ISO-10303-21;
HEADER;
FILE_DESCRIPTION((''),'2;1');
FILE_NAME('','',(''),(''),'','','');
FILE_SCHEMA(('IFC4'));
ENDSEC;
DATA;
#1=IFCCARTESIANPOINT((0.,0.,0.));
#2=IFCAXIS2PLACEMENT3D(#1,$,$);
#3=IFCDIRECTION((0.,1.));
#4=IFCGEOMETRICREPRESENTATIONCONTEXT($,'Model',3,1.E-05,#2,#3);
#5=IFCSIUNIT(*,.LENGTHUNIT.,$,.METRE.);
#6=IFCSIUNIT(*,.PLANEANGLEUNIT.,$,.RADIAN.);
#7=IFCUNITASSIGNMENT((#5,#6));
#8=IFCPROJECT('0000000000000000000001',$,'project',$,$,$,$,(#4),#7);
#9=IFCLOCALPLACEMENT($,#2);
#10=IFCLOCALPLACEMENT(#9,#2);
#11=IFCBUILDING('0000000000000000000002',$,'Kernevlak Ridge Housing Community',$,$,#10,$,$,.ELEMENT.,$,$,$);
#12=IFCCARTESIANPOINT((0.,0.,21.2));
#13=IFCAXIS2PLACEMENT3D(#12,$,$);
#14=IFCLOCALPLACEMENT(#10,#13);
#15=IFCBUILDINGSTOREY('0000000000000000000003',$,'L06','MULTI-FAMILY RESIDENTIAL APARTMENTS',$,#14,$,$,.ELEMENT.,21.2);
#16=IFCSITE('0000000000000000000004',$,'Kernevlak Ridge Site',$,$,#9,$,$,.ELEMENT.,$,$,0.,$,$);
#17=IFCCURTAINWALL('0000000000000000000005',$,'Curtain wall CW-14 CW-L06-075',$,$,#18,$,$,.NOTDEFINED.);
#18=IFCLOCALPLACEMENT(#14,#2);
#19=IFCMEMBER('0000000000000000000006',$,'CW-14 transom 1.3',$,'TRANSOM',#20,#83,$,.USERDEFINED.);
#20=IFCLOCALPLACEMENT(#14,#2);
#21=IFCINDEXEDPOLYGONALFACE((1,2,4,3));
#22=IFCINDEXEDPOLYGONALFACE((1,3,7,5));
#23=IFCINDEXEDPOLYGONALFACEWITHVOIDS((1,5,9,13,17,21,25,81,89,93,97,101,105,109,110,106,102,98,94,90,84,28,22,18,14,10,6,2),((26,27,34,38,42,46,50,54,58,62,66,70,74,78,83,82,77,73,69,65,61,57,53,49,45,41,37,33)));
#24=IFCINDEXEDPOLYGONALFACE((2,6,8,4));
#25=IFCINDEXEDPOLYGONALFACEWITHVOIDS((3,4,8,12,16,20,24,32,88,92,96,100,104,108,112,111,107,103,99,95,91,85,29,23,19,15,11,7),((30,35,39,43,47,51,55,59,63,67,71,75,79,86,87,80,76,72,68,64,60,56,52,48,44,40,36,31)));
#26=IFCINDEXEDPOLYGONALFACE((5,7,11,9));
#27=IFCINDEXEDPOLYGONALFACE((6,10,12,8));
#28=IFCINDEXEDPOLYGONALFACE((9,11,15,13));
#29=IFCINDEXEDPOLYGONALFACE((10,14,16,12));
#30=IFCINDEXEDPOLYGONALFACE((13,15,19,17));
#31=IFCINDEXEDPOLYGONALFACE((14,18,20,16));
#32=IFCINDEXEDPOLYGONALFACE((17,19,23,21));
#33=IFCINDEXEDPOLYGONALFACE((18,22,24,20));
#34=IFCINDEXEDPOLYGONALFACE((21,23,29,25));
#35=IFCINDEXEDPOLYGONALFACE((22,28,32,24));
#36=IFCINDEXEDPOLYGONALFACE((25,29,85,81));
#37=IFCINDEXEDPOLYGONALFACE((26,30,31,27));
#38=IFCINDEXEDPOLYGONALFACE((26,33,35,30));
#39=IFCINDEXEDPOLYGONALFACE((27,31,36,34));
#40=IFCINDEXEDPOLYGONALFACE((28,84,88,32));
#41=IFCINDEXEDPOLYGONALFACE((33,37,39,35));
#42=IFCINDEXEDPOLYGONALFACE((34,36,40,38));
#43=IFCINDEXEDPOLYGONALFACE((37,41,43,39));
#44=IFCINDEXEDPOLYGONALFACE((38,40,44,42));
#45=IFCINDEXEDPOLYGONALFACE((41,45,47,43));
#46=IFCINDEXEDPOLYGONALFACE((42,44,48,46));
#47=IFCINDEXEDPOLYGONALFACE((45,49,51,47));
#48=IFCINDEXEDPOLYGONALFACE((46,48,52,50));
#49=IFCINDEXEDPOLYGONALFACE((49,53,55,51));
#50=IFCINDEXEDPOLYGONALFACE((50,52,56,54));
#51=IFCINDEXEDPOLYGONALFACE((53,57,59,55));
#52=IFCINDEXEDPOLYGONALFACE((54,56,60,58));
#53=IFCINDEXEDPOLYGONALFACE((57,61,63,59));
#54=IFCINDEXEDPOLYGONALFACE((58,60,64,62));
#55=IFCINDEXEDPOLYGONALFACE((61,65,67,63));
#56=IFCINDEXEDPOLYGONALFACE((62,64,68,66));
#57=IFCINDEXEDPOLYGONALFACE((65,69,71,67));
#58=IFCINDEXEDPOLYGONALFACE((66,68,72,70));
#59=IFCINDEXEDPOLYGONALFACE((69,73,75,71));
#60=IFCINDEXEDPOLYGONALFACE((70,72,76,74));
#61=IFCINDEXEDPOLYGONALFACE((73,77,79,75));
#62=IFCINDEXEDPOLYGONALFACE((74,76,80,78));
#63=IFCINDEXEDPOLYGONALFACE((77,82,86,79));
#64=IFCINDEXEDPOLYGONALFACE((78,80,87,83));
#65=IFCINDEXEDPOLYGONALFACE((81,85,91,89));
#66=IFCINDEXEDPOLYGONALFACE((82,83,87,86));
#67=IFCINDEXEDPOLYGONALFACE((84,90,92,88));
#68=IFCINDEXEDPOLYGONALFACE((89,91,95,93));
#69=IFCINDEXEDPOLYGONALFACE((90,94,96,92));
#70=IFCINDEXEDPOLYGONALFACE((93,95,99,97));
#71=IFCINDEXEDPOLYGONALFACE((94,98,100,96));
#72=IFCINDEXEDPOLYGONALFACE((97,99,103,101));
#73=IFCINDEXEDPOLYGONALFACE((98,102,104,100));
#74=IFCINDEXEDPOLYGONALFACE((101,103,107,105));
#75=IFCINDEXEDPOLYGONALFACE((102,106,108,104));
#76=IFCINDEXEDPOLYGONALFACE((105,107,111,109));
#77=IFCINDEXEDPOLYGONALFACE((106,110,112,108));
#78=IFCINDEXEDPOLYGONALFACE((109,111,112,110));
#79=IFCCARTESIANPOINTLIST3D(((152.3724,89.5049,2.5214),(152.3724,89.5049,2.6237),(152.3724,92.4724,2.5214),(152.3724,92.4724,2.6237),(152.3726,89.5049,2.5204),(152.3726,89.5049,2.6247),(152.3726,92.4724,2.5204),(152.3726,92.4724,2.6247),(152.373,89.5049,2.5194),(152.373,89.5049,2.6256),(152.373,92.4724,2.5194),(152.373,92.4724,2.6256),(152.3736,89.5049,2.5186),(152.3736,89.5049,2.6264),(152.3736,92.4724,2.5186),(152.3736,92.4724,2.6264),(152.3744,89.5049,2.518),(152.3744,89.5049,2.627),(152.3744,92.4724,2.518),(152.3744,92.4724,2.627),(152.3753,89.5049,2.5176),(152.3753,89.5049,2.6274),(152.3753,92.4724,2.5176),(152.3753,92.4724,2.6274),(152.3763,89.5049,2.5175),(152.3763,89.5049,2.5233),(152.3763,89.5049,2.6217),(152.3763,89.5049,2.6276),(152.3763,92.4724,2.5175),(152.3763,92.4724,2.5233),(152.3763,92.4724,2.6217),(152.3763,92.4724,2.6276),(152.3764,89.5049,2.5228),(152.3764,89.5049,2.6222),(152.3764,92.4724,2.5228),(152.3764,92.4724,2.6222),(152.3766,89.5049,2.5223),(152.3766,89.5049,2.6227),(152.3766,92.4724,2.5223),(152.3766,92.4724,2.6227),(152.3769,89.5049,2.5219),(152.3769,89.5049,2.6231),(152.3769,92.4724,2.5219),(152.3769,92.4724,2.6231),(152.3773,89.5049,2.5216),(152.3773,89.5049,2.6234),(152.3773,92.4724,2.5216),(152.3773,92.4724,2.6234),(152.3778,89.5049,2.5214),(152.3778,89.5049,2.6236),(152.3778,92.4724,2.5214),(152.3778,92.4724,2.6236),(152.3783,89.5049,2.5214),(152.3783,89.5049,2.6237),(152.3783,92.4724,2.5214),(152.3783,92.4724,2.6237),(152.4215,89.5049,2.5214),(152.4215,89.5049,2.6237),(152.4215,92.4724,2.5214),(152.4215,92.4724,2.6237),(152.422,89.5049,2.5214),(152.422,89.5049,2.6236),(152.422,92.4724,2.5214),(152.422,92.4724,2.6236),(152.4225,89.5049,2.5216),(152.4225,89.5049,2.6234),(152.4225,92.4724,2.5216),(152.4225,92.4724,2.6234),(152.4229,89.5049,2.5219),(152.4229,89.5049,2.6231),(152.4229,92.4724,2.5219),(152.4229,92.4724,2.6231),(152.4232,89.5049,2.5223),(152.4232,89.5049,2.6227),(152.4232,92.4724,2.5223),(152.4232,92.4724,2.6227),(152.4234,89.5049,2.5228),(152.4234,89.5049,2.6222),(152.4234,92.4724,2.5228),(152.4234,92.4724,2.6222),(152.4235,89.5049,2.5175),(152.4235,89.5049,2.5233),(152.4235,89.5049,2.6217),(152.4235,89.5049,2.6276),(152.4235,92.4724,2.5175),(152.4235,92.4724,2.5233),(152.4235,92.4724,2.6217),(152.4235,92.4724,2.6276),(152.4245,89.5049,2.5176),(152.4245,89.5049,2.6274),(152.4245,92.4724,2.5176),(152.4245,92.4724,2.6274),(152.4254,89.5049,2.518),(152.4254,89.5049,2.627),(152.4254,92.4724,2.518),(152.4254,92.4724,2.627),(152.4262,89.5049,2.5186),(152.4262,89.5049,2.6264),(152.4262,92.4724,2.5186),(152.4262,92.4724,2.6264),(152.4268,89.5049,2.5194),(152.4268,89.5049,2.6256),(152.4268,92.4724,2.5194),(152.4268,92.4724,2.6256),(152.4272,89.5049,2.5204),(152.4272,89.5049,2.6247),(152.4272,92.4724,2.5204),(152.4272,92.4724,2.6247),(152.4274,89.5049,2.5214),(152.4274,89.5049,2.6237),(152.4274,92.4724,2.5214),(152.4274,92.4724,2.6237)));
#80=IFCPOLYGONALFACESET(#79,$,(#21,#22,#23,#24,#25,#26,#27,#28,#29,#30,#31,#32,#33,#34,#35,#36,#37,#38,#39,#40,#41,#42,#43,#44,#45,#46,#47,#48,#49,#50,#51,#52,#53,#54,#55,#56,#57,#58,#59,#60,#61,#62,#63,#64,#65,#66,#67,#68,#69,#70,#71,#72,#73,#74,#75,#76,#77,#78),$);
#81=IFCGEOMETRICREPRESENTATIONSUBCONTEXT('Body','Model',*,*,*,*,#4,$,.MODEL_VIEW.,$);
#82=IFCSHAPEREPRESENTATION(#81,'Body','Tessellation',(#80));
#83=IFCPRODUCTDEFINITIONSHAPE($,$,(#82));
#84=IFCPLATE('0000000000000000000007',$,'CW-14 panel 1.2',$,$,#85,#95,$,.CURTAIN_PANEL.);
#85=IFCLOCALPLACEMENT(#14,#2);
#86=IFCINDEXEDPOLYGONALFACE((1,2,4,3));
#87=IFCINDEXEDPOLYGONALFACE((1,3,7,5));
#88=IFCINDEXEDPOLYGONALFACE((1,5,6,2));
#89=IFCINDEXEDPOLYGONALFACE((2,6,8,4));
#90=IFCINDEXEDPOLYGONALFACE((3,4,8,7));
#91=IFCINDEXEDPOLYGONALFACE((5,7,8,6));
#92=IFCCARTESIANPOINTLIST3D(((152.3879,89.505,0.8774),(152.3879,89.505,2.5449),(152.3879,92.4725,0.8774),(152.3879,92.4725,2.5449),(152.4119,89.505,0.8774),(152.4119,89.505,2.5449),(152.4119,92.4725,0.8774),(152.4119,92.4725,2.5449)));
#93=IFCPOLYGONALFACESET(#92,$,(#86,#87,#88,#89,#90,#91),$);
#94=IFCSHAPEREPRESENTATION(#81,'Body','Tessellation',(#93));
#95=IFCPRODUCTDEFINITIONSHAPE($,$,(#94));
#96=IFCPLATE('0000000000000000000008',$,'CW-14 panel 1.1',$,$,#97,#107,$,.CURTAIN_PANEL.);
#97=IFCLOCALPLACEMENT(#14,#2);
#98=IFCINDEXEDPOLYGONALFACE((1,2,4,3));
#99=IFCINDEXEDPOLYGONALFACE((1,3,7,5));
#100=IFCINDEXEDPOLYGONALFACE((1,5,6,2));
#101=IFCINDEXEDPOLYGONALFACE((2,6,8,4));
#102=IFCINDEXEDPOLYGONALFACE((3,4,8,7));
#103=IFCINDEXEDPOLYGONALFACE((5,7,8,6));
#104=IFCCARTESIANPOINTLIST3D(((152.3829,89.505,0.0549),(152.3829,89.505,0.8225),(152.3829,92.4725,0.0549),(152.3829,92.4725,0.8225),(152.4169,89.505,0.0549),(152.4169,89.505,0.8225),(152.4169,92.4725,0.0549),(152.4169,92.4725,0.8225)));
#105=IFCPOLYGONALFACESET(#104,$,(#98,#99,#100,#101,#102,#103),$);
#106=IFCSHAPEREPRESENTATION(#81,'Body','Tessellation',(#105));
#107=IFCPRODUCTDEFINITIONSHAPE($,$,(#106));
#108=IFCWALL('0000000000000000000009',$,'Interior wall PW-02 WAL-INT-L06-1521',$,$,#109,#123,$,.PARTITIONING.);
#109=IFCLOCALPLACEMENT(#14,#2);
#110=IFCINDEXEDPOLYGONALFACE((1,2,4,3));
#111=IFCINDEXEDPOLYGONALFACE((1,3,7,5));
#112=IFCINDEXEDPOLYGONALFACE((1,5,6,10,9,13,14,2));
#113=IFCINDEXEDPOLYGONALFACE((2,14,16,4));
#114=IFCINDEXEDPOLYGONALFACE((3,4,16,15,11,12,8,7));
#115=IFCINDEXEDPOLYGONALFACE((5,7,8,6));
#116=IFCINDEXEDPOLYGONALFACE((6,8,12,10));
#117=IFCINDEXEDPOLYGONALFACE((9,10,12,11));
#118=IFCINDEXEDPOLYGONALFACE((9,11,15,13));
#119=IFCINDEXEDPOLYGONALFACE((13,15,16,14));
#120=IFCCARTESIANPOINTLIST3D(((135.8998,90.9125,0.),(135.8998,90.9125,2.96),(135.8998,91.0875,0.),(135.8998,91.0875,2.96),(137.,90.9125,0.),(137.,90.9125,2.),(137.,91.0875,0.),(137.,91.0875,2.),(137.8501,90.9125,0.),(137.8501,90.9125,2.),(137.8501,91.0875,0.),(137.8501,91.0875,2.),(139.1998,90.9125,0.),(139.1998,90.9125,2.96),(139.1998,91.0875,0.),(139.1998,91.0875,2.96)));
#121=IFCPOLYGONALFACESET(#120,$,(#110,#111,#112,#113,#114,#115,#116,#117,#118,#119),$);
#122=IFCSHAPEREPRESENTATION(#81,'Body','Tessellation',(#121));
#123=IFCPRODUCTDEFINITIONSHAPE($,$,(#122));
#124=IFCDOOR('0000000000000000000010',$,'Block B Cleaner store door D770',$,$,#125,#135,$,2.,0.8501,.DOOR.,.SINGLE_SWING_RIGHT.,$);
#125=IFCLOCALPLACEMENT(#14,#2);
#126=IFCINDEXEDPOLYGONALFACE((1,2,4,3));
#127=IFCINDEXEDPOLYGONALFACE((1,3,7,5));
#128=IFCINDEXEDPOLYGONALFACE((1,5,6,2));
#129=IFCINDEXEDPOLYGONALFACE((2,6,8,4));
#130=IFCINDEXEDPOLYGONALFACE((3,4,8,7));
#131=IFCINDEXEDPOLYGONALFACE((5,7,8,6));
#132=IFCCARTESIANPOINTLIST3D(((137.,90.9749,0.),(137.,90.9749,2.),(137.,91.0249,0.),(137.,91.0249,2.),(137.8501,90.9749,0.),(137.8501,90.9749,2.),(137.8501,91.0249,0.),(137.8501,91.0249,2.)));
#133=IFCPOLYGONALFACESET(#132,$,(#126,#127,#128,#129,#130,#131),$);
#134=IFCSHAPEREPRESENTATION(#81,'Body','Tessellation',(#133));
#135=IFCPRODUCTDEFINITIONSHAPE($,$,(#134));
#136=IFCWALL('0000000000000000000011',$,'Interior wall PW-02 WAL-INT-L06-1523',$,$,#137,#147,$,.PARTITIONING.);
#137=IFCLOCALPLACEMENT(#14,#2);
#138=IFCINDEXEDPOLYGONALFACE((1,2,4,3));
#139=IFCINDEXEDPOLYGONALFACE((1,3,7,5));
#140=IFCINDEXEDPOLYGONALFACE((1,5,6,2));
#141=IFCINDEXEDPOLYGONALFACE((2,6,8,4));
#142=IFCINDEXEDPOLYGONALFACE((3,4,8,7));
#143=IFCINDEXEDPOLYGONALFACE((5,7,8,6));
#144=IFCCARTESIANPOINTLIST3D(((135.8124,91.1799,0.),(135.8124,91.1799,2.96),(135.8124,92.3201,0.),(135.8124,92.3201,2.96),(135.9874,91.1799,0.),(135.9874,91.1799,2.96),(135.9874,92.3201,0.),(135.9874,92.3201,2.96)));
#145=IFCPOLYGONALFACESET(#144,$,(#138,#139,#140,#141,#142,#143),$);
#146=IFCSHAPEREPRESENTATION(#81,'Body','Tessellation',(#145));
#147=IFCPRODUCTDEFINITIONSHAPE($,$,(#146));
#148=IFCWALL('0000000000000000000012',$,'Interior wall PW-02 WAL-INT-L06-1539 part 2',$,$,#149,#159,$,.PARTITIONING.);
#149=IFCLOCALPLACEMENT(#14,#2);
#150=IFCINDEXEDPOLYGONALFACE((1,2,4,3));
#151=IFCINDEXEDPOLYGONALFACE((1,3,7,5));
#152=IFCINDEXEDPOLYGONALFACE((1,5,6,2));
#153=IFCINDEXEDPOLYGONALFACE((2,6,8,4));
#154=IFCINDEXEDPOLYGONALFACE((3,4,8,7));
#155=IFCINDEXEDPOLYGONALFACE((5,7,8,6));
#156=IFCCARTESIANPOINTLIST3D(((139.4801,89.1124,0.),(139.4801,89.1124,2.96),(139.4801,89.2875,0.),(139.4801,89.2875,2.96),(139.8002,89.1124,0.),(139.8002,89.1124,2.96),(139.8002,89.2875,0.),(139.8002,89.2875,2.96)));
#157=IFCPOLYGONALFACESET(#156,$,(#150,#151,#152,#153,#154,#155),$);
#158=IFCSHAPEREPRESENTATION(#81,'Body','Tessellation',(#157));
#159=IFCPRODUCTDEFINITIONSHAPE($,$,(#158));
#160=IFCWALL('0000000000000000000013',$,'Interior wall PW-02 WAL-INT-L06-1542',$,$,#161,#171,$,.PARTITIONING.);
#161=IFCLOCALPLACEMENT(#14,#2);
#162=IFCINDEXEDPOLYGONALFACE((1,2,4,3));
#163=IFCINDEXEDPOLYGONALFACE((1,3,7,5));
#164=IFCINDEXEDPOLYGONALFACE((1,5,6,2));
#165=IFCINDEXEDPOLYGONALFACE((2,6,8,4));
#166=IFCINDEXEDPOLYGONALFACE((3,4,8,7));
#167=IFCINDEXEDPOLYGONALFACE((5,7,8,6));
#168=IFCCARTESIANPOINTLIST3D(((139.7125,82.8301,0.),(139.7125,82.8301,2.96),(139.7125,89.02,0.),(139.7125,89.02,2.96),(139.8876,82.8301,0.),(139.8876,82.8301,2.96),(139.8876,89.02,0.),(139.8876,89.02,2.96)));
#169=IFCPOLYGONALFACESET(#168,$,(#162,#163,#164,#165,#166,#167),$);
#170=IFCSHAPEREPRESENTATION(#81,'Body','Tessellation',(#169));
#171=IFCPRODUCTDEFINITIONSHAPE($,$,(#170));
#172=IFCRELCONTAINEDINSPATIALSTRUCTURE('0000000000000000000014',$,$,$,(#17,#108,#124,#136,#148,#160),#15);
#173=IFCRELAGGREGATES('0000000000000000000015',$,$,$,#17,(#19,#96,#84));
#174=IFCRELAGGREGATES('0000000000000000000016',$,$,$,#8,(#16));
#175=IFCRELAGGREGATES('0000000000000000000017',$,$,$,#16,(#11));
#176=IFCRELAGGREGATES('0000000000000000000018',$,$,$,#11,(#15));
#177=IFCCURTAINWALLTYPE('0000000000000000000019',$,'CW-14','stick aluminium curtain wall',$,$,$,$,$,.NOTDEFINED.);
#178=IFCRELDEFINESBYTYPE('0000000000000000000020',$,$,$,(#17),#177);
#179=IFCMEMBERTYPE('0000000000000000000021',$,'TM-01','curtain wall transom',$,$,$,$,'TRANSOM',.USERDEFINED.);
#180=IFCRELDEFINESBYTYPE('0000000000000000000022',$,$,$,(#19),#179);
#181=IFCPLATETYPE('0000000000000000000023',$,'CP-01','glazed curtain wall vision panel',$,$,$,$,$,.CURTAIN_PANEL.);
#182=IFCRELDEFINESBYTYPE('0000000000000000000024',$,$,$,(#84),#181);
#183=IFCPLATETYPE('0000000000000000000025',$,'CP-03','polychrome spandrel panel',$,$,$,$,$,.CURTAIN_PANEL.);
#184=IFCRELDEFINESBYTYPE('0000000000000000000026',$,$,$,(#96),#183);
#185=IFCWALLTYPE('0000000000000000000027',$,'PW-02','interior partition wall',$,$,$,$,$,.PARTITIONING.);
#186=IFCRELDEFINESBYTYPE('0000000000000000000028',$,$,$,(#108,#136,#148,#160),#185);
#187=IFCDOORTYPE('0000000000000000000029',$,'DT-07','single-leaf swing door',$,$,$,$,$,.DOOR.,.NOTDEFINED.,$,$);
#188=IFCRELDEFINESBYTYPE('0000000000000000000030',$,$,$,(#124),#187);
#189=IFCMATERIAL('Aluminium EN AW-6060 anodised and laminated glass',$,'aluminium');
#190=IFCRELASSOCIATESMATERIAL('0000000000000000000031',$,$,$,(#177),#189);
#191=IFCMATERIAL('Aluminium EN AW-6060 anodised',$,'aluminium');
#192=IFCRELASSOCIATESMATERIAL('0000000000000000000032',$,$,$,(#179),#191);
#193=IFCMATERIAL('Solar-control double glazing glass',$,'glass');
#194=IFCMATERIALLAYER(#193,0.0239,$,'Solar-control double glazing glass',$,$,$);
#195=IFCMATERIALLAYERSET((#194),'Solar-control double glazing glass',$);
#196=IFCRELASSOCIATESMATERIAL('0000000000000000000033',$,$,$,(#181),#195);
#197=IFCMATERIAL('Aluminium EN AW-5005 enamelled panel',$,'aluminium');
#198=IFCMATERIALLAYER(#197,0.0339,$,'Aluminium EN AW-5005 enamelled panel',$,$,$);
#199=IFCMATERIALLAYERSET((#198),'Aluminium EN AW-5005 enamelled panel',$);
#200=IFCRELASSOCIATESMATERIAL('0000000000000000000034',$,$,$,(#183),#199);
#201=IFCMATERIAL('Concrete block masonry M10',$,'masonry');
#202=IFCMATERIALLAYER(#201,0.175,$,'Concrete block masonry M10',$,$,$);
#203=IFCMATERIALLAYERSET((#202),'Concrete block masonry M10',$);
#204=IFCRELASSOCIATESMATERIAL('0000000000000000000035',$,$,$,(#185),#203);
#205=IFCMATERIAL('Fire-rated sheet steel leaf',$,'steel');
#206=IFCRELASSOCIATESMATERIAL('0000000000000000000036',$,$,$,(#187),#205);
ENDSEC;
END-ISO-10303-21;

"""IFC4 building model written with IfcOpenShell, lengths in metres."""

from ifc_helpers import new_model, si_unit, direction, frame, frame_2d, origin, origin_2d, place, context, subcontext, project, spatial, rectangle, hollow_rectangle, extrude, material, layer, layer_set, material_profile, profile_set, type_object, element, fill, aggregate, save


model = new_model("IFC4")

# Units and contexts
model_context = context("Model", 3, precision=1e-05, world=origin(), true_north=direction((0.0, 1.0)))
body_context = subcontext(model_context, "Body", "Model", "MODEL_VIEW")
ifc_project = project(units=[si_unit("LENGTHUNIT", "METRE"), si_unit("PLANEANGLEUNIT", "RADIAN")], contexts=[model_context])

# Site, building, storey
site_placement = place(None, origin())
site = spatial("IfcSite", under=ifc_project, at=site_placement, Name="Kernevlak Ridge Site", CompositionType="ELEMENT", RefElevation=0.0)
building_placement = place(site_placement, origin())
building = spatial("IfcBuilding", under=site, at=building_placement, Name="Kernevlak Ridge Housing Community", CompositionType="ELEMENT")
storey_placement = place(building_placement, frame((0.0, 0.0, 21.2)))
storey = spatial("IfcBuildingStorey", under=building, at=storey_placement, Name="L06", Description="MULTI-FAMILY RESIDENTIAL APARTMENTS", CompositionType="ELEMENT", Elevation=21.2)

# Curtain wall
ifc_material_1 = material(Name="Aluminium EN AW-6060 anodised and laminated glass", Category="aluminium")
curtain_wall_type = type_object("IfcCurtainWallType", Name="CW-14", Description="stick aluminium curtain wall", PredefinedType="NOTDEFINED", material=ifc_material_1)
curtain_wall_placement = place(storey_placement, origin())
curtain_wall = element("IfcCurtainWall", 1, at=curtain_wall_placement, inside=storey, type_object=curtain_wall_type, Name="Curtain wall CW-14 CW-L06-075", PredefinedType="NOTDEFINED")
ifc_material_2 = material(Name="Aluminium EN AW-6060 anodised", Category="aluminium")

# Member
ifc_material_profile_1 = material_profile(ifc_material_2, hollow_rectangle(XDim=0.0549, YDim=0.1101, WallThickness=0.0039, InnerFilletRadius=0.002, OuterFilletRadius=0.0039, at=origin_2d()), Name="ALU 55x110x4")
ifc_profile_set_1 = profile_set([ifc_material_profile_1], Name="Aluminium EN AW-6060 anodised")
member_type_1 = type_object("IfcMemberType", Name="TM-01", Description="curtain wall transom", ElementType="TRANSOM", PredefinedType="USERDEFINED", material=ifc_profile_set_1)
member_1_placement = place(storey_placement, frame((152.3999, 89.5049, 2.5725), z_axis=(0.0, 1.0, 0.0), x_axis=(-1.0, 0.0, 0.0)))
member_1 = element("IfcMember", 2, at=member_1_placement, type_object=member_type_1, Name="CW-14 transom 1.3", ObjectType="TRANSOM", PredefinedType="USERDEFINED", context=body_context, shape_type="SweptSolid", body=[
    extrude(hollow_rectangle(XDim=0.0549, YDim=0.1101, WallThickness=0.0039, InnerFilletRadius=0.002, OuterFilletRadius=0.0039, at=origin_2d()), origin(), (0.0, 0.0, 1.0), 2.9675),
])

# Plates
ifc_material_3 = material(Name="Solar-control double glazing glass", Category="glass")
ifc_layer_1 = layer(ifc_material_3, 0.0239, Name="Solar-control double glazing glass")
ifc_layer_set_1 = layer_set([ifc_layer_1], Name="Solar-control double glazing glass")
plate_type_1 = type_object("IfcPlateType", Name="CP-01", Description="glazed curtain wall vision panel", PredefinedType="CURTAIN_PANEL", material=ifc_layer_set_1)
plate_1_placement = place(storey_placement, frame((152.3999, 90.9888, 0.8774), z_axis=(0.0, 0.0, 1.0), x_axis=(0.0, 1.0, 0.0)))
plate_1 = element("IfcPlate", 3, at=plate_1_placement, type_object=plate_type_1, Name="CW-14 panel 1.2", PredefinedType="CURTAIN_PANEL", context=body_context, shape_type="SweptSolid", body=[
    extrude(rectangle(XDim=2.9675, YDim=0.0239, at=origin_2d()), origin(), (0.0, 0.0, 1.0), 1.6675),
])
ifc_material_4 = material(Name="Aluminium EN AW-5005 enamelled panel", Category="aluminium")
ifc_layer_2 = layer(ifc_material_4, 0.0339, Name="Aluminium EN AW-5005 enamelled panel")
ifc_layer_set_2 = layer_set([ifc_layer_2], Name="Aluminium EN AW-5005 enamelled panel")
plate_type_2 = type_object("IfcPlateType", Name="CP-03", Description="polychrome spandrel panel", PredefinedType="CURTAIN_PANEL", material=ifc_layer_set_2)
plate_2_placement = place(storey_placement, frame((152.3999, 90.9888, 0.0549), z_axis=(0.0, 0.0, 1.0), x_axis=(0.0, 1.0, 0.0)))
plate_2 = element("IfcPlate", 4, at=plate_2_placement, type_object=plate_type_2, Name="CW-14 panel 1.1", PredefinedType="CURTAIN_PANEL", context=body_context, shape_type="SweptSolid", body=[
    extrude(rectangle(XDim=2.9675, YDim=0.0339, at=origin_2d()), origin(), (0.0, 0.0, 1.0), 0.7676),
])
aggregate(curtain_wall, [member_1, plate_2, plate_1])

# Wall, opening, door
ifc_material_5 = material(Name="Concrete block masonry M10", Category="masonry")
ifc_layer_3 = layer(ifc_material_5, 0.175, Name="Concrete block masonry M10")
ifc_layer_set_3 = layer_set([ifc_layer_3], Name="Concrete block masonry M10")
wall_type_1 = type_object("IfcWallType", Name="PW-02", Description="interior partition wall", PredefinedType="PARTITIONING", material=ifc_layer_set_3)
wall_1_placement = place(storey_placement, frame((135.8999, 91.0, 0.0), z_axis=(0.0, 0.0, 1.0), x_axis=(1.0, 0.0, 0.0)))
wall_1 = element("IfcWall", 5, at=wall_1_placement, inside=storey, type_object=wall_type_1, Name="Interior wall PW-02 WAL-INT-L06-1521", PredefinedType="PARTITIONING", context=body_context, shape_type="SweptSolid", body=[
    extrude(rectangle(XDim=3.3, YDim=0.175, at=frame_2d((1.6499, 0.0))), origin(), (0.0, 0.0, 1.0), 2.96),
])
opening_1_placement = place(wall_1_placement, frame((1.1001, 0.0, 0.0)))
opening_1 = element("IfcOpeningElement", 6, at=opening_1_placement, cuts=wall_1, PredefinedType="OPENING", context=body_context, shape_type="SweptSolid", body=[
    extrude(rectangle(XDim=0.8501, YDim=2.0, at=frame_2d((0.425, 1.0))), frame((0.0, 0.0974, 0.0), z_axis=(0.0, -1.0, 0.0), x_axis=(1.0, 0.0, 0.0)), (0.0, 0.0, 1.0), 0.1951),
])
ifc_material_6 = material(Name="Fire-rated sheet steel leaf", Category="steel")
door_type_1 = type_object("IfcDoorType", Name="DT-07", Description="single-leaf swing door", OperationType="NOTDEFINED", PredefinedType="DOOR", material=ifc_material_6)
door_1_placement = place(opening_1_placement, origin())
door_1 = element("IfcDoor", 7, at=door_1_placement, inside=storey, type_object=door_type_1, Name="Block B Cleaner store door D770", OperationType="SINGLE_SWING_RIGHT", OverallHeight=2.0, OverallWidth=0.8501, PredefinedType="DOOR", context=body_context, shape_type="SweptSolid", body=[
    extrude(rectangle(XDim=0.8501, YDim=2.0, at=frame_2d((0.425, 1.0))), frame((0.0, 0.0249, 0.0), z_axis=(0.0, -1.0, 0.0), x_axis=(1.0, 0.0, 0.0)), (0.0, 0.0, 1.0), 0.05),
])
fill(opening_1, door_1)

# Walls
wall_2_placement = place(storey_placement, frame((135.8999, 91.1799, 0.0), z_axis=(0.0, 0.0, 1.0), x_axis=(0.0, 1.0, 0.0)))
element("IfcWall", 8, at=wall_2_placement, inside=storey, type_object=wall_type_1, Name="Interior wall PW-02 WAL-INT-L06-1523", PredefinedType="PARTITIONING", context=body_context, shape_type="SweptSolid", body=[
    extrude(rectangle(XDim=1.1401, YDim=0.175, at=frame_2d((0.5701, 0.0))), origin(), (0.0, 0.0, 1.0), 2.96),
])
wall_3_placement = place(storey_placement, frame((139.48, 89.2, 0.0), z_axis=(0.0, 0.0, 1.0), x_axis=(1.0, 0.0, 0.0)))
element("IfcWall", 9, at=wall_3_placement, inside=storey, type_object=wall_type_1, Name="Interior wall PW-02 WAL-INT-L06-1539 part 2", PredefinedType="PARTITIONING", context=body_context, shape_type="SweptSolid", body=[
    extrude(rectangle(XDim=0.3201, YDim=0.175, at=frame_2d((0.1602, 0.0))), origin(), (0.0, 0.0, 1.0), 2.96),
])
wall_4_placement = place(storey_placement, frame((139.8, 89.02, 0.0), z_axis=(0.0, 0.0, 1.0), x_axis=(0.0, -1.0, 0.0)))
element("IfcWall", 10, at=wall_4_placement, inside=storey, type_object=wall_type_1, Name="Interior wall PW-02 WAL-INT-L06-1542", PredefinedType="PARTITIONING", context=body_context, shape_type="SweptSolid", body=[
    extrude(rectangle(XDim=6.1899, YDim=0.175, at=frame_2d((3.095, 0.0))), origin(), (0.0, 0.0, 1.0), 2.96),
])

save(model, "model.ifc")
